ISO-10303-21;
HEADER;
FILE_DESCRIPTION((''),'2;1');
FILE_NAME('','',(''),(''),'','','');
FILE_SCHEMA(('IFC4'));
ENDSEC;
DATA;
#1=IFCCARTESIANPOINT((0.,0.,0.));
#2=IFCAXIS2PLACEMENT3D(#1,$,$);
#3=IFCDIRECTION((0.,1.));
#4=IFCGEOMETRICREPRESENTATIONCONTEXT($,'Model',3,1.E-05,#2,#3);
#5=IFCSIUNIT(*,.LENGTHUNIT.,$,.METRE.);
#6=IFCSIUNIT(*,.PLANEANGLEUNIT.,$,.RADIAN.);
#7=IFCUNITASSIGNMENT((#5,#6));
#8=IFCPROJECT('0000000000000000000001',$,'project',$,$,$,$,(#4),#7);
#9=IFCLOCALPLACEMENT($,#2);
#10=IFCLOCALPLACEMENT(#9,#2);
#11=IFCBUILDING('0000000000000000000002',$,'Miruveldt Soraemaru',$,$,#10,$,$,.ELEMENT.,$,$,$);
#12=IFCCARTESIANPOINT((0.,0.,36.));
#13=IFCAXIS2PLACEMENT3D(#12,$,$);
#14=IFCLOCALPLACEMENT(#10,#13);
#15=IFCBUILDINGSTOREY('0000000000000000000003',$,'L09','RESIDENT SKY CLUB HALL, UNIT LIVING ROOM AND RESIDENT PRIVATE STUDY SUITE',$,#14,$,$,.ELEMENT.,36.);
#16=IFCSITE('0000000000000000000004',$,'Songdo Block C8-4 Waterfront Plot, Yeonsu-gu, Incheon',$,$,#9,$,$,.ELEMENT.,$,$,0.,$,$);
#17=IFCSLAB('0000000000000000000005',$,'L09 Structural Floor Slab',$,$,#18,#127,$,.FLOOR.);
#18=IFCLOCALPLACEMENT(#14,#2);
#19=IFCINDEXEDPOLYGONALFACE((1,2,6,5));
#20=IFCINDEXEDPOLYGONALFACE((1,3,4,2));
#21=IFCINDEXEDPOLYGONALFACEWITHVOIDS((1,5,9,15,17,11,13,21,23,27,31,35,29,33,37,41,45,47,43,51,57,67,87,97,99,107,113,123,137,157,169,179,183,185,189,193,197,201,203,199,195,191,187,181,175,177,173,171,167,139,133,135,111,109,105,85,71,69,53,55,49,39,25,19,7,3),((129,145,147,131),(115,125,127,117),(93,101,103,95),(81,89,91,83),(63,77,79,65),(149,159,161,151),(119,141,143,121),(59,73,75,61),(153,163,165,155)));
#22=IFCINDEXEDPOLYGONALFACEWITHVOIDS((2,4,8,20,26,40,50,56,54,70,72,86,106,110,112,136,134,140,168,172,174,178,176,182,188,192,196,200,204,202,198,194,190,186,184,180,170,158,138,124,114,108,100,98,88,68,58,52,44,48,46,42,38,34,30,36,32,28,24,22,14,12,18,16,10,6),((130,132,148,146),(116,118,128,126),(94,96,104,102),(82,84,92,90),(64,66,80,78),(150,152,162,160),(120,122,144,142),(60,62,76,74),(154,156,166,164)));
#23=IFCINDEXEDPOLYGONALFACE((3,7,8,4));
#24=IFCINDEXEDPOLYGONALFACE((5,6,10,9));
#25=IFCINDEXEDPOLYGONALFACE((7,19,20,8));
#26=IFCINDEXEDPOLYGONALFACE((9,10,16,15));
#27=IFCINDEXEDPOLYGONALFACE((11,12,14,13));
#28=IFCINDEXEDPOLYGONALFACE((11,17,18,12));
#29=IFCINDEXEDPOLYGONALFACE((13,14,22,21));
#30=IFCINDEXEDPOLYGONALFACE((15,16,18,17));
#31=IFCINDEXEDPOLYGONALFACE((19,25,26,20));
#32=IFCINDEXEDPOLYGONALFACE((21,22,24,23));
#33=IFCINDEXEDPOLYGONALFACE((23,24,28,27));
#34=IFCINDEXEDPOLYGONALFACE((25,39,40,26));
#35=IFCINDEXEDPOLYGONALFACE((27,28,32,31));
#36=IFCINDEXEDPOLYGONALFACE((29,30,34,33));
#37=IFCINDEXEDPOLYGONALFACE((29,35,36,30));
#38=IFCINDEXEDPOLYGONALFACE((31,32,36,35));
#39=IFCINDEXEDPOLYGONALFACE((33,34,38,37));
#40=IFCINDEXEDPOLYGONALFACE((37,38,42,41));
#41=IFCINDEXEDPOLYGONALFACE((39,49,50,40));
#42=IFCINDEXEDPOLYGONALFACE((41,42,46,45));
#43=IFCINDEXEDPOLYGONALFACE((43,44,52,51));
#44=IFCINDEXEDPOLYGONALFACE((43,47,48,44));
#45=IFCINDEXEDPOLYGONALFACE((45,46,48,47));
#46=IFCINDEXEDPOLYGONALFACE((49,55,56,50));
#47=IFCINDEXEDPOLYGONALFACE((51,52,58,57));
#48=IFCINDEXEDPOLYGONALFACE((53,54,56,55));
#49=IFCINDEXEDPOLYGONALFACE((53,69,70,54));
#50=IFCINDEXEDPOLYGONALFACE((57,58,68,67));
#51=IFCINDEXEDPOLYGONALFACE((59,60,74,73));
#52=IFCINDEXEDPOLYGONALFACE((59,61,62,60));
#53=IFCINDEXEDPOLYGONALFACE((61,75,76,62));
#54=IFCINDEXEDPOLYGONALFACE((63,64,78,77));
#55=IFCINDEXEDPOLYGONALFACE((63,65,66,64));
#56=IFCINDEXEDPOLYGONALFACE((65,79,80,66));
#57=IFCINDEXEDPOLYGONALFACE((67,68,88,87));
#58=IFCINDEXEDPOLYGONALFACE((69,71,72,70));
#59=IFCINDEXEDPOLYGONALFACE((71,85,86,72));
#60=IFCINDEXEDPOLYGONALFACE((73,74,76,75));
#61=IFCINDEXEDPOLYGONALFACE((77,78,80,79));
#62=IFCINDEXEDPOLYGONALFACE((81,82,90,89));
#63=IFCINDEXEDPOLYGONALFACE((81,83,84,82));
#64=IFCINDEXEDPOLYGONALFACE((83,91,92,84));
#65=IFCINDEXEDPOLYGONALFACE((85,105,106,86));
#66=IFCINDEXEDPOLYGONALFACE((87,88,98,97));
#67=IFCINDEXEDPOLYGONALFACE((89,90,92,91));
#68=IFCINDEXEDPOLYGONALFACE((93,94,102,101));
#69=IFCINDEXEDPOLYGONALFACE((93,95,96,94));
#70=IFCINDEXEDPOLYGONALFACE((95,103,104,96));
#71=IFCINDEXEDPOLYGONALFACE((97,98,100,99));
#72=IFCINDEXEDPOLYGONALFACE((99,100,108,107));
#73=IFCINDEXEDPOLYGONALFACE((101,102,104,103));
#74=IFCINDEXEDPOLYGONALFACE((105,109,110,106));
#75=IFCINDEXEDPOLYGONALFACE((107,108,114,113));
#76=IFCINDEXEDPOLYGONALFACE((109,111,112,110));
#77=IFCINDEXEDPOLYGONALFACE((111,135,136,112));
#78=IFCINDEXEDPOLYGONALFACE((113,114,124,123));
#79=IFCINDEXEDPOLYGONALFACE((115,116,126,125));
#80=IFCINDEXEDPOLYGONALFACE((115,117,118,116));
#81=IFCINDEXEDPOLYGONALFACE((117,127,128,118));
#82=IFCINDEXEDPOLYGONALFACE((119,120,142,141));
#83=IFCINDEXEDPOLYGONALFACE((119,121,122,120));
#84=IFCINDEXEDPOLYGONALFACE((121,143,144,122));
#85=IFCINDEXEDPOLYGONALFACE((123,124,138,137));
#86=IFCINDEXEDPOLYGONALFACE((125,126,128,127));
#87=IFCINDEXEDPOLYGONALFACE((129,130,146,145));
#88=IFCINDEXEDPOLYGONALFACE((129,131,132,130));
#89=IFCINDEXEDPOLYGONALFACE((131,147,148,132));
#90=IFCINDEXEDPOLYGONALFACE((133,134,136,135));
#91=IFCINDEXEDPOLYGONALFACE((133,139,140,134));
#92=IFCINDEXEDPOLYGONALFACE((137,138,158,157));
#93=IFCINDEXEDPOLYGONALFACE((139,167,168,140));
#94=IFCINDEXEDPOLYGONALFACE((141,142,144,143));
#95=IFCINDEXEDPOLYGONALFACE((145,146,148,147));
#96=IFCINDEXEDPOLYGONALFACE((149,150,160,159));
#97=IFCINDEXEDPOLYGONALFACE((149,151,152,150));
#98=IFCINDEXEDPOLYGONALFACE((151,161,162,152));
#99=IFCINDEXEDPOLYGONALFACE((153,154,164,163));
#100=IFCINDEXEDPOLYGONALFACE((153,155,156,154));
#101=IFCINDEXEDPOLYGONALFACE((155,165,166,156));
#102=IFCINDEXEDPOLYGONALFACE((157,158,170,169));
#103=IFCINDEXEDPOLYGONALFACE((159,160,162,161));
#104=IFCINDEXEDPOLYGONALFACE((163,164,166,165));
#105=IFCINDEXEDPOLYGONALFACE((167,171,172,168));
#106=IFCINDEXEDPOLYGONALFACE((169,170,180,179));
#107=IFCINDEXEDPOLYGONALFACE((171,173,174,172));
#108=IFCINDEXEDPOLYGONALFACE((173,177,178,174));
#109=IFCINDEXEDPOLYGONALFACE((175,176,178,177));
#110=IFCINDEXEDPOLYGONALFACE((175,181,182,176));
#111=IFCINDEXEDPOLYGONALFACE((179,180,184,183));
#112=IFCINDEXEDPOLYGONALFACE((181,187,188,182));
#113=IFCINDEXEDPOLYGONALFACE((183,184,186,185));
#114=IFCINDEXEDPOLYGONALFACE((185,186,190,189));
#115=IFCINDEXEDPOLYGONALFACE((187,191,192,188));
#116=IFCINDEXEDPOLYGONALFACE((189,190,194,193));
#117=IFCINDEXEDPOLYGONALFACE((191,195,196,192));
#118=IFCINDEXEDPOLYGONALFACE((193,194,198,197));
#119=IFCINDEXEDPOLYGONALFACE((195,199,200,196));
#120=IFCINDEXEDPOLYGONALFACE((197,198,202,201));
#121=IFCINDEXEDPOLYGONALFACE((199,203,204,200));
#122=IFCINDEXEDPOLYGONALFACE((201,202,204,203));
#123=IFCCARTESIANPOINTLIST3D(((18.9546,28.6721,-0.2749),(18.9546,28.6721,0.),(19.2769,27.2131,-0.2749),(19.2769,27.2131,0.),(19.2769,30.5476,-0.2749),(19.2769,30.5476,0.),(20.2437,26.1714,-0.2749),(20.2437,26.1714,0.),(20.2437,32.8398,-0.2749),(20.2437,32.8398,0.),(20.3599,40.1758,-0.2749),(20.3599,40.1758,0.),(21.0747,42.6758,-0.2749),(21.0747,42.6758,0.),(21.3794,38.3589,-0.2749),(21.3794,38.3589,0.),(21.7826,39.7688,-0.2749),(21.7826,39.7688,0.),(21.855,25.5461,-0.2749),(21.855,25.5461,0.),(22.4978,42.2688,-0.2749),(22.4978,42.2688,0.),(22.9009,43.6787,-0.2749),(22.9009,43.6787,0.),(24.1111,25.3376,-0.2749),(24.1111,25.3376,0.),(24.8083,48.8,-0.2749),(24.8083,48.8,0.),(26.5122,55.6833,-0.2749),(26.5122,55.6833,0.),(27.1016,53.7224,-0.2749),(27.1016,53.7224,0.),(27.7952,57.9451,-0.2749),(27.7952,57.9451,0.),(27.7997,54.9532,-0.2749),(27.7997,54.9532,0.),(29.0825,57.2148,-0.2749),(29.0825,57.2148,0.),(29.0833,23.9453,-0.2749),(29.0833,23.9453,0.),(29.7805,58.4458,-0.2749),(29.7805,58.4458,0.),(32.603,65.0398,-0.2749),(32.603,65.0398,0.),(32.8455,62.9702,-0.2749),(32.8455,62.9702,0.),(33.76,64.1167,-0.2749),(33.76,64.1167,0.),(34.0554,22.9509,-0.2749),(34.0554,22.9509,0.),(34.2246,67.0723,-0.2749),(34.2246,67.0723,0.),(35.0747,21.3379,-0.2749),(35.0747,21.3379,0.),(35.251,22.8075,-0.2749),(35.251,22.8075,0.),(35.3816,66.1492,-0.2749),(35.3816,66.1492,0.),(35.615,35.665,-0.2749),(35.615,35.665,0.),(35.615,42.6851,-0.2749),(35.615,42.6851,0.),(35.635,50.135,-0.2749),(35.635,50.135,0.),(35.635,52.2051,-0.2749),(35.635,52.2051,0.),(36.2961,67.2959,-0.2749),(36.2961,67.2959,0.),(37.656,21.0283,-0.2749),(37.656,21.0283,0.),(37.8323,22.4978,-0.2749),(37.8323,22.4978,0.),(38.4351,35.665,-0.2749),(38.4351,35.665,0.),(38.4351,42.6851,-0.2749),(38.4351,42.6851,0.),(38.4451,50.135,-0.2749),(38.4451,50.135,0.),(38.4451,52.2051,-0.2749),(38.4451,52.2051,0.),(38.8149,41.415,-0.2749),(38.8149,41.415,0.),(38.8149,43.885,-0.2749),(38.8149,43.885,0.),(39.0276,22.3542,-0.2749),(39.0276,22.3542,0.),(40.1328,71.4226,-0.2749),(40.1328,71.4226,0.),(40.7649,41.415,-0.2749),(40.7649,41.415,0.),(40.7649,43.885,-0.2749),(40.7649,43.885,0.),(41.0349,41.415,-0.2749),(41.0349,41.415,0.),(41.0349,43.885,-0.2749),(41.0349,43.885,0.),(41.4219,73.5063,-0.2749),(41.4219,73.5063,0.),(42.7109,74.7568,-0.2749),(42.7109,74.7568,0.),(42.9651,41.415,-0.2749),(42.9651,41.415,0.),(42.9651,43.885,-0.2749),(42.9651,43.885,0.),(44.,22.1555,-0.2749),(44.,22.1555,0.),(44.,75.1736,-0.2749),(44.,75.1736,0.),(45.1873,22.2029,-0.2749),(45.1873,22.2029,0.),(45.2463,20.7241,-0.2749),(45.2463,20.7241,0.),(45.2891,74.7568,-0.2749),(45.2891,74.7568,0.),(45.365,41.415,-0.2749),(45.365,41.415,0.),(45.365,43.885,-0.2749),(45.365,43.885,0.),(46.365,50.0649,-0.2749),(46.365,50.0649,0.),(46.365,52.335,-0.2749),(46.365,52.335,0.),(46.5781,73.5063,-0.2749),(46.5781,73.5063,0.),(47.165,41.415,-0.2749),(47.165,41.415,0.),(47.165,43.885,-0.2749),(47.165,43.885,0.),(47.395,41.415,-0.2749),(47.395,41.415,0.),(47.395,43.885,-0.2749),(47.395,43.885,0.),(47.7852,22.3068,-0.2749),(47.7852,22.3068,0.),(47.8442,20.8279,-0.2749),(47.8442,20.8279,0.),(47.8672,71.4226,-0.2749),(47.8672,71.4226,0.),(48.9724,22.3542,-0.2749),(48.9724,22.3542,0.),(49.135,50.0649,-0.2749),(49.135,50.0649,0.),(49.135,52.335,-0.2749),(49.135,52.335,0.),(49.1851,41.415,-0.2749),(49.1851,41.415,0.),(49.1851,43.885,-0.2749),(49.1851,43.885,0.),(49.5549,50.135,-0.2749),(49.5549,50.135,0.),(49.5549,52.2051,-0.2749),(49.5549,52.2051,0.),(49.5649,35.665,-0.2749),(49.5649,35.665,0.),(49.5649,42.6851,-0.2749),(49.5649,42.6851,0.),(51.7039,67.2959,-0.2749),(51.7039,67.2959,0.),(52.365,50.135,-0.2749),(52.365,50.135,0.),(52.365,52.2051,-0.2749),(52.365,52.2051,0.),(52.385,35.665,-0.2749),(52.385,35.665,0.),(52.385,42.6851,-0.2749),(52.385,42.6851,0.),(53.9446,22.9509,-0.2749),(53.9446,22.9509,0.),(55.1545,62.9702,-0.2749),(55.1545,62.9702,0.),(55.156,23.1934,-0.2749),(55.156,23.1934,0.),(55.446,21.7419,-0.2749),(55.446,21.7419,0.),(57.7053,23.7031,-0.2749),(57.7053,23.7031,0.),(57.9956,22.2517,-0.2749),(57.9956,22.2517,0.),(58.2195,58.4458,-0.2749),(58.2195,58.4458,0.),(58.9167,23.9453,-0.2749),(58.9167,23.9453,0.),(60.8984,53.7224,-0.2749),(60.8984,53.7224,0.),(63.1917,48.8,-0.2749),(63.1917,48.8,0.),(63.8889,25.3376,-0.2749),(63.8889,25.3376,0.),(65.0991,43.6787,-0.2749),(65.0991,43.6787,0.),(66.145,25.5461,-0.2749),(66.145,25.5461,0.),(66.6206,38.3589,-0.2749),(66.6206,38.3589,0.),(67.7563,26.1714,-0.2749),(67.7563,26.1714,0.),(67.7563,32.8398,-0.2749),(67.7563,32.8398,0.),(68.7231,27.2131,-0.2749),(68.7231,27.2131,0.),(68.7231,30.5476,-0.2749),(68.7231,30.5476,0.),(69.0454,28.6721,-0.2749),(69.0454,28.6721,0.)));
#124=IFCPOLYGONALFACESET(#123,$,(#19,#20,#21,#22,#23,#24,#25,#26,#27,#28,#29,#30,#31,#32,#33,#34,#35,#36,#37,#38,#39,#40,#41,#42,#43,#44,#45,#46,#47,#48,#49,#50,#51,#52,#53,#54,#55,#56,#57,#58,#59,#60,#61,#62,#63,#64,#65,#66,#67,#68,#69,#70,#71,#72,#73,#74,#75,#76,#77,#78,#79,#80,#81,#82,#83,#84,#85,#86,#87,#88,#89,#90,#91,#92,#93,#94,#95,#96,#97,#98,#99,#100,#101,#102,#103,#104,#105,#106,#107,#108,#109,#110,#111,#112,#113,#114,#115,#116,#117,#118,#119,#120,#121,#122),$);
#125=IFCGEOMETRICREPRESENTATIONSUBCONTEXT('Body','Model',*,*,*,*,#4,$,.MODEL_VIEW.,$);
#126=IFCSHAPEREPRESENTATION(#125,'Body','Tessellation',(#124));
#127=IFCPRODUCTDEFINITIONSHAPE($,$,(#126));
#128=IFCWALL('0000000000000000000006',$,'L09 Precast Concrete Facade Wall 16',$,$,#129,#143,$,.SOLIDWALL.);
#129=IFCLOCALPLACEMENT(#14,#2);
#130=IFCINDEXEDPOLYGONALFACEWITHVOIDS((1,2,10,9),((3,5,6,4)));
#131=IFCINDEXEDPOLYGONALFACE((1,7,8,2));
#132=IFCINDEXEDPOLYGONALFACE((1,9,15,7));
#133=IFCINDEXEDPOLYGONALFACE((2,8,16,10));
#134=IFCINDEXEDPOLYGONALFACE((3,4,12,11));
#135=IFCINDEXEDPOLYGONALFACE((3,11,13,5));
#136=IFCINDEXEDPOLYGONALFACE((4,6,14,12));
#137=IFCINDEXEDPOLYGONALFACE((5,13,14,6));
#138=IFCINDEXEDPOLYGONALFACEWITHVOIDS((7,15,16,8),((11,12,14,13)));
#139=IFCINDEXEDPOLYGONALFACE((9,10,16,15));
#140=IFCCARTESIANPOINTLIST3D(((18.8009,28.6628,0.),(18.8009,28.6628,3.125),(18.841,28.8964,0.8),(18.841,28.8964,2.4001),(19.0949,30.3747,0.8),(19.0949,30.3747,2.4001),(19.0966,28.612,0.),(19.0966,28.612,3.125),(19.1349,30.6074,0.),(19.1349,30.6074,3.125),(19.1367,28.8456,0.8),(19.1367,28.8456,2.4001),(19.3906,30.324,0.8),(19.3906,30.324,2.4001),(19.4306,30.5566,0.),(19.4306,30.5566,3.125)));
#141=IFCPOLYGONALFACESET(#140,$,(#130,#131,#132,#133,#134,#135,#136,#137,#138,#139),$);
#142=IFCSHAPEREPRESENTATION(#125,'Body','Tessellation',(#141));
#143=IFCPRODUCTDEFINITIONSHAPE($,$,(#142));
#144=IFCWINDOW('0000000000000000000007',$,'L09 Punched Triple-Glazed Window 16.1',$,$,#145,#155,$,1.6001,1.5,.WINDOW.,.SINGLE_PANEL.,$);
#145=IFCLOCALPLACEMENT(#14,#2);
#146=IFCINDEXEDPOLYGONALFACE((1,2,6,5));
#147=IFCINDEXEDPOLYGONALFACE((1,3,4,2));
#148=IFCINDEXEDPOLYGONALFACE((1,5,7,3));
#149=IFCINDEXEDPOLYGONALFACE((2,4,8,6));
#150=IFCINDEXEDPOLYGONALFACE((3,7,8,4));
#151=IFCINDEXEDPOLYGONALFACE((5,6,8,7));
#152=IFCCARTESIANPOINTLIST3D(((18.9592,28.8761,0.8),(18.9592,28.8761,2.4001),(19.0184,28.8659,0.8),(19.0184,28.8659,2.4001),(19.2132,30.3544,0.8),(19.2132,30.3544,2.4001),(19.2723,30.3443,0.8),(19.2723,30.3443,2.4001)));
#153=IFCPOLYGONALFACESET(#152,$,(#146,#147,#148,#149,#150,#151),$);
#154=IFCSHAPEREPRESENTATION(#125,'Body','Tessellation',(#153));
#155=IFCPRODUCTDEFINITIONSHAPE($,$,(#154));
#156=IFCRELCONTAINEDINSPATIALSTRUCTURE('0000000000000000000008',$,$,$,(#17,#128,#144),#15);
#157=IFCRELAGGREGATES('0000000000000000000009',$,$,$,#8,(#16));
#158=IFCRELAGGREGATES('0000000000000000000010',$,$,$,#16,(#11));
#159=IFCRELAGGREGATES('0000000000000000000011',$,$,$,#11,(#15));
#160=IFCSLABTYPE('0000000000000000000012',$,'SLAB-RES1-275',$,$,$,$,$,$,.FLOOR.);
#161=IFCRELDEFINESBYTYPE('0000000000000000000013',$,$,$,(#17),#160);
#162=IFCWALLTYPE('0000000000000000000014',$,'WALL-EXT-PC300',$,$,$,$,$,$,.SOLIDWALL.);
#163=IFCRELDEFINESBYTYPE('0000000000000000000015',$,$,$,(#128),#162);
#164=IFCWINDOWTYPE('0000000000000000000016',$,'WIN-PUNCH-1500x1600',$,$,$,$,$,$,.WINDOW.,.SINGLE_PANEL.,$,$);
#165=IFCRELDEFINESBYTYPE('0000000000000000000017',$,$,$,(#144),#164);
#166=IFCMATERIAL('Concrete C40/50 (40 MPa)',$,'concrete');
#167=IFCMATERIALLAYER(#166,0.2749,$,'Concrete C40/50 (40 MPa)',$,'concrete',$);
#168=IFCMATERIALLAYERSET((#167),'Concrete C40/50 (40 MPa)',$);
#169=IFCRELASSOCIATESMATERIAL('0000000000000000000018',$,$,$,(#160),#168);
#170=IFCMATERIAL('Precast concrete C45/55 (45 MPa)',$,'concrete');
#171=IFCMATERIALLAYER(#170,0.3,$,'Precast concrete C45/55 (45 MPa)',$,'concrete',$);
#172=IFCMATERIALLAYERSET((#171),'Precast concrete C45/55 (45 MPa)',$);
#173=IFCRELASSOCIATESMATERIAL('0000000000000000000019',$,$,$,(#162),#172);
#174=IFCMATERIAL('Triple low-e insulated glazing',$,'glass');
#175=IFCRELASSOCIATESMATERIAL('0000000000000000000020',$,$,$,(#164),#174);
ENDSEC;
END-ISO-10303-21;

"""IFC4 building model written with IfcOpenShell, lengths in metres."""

from ifc_helpers import new_model, si_unit, direction, frame, frame_2d, origin, place, context, subcontext, project, spatial, polyline, rectangle, outline, extrude, material, layer, layer_set, type_object, element, fill, save


model = new_model("IFC4")

# Units and contexts
model_context = context("Model", 3, precision=1e-05, world=origin(), true_north=direction((0.0, 1.0)))
body_context = subcontext(model_context, "Body", "Model", "MODEL_VIEW")
ifc_project = project(units=[si_unit("LENGTHUNIT", "METRE"), si_unit("PLANEANGLEUNIT", "RADIAN")], contexts=[model_context])

# Site, building, storey
site_placement = place(None, origin())
site = spatial("IfcSite", under=ifc_project, at=site_placement, Name="Songdo Block C8-4 Waterfront Plot, Yeonsu-gu, Incheon", CompositionType="ELEMENT", RefElevation=0.0)
building_placement = place(site_placement, origin())
building = spatial("IfcBuilding", under=site, at=building_placement, Name="Miruveldt Soraemaru", CompositionType="ELEMENT")
storey_placement = place(building_placement, frame((0.0, 0.0, 36.0)))
storey = spatial("IfcBuildingStorey", under=building, at=storey_placement, Name="L09", Description="RESIDENT SKY CLUB HALL, UNIT LIVING ROOM AND RESIDENT PRIVATE STUDY SUITE", CompositionType="ELEMENT", Elevation=36.0)

# Shared definitions
ifc_material_1 = material(Name="Concrete C40/50 (40 MPa)", Category="concrete")

# Slab
ifc_layer_1 = layer(ifc_material_1, 0.2749, Name="Concrete C40/50 (40 MPa)", Category="concrete")
ifc_layer_set_1 = layer_set([ifc_layer_1], Name="Concrete C40/50 (40 MPa)")
slab_type_1 = type_object("IfcSlabType", Name="SLAB-RES1-275", PredefinedType="FLOOR", material=ifc_layer_set_1)
slab_1_placement = place(storey_placement, frame((0.0, 0.0, -0.2749)))
element("IfcSlab", 1, at=slab_1_placement, inside=storey, type_object=slab_type_1, Name="L09 Structural Floor Slab", PredefinedType="FLOOR", context=body_context, shape_type="SweptSolid", body=[
    extrude(outline(polyline([(45.2463, 20.7241), (45.1873, 22.2029), (44.0, 22.1555), (39.0276, 22.3542), (37.8323, 22.4978), (37.656, 21.0283), (35.0747, 21.3379), (35.251, 22.8076), (36.5415, 22.6526), (34.0554, 22.9509), (29.0833, 23.9453), (24.1111, 25.3376), (21.855, 25.5461), (20.2437, 26.1714), (19.2769, 27.2131), (18.9546, 28.6721), (19.2769, 30.5476), (20.2437, 32.8398), (21.3794, 38.3589), (22.1401, 41.0188), (21.7827, 39.7688), (20.3599, 40.1758), (21.0747, 42.6758), (22.4978, 42.2688), (22.9009, 43.6787), (24.8083, 48.8), (27.1016, 53.7224), (28.4412, 56.084), (27.7998, 54.9531), (26.5122, 55.6833), (27.7952, 57.9451), (29.0825, 57.2148), (29.7805, 58.4458), (32.8455, 62.9702), (34.5708, 65.1331), (33.76, 64.1167), (32.603, 65.0398), (34.2246, 67.0723), (35.3816, 66.1492), (36.2961, 67.2959), (40.1328, 71.4226), (41.4219, 73.5063), (42.7109, 74.7568), (44.0, 75.1736), (45.2891, 74.7568), (46.5781, 73.5063), (47.8672, 71.4226), (51.7039, 67.2959), (55.1545, 62.9702), (58.2195, 58.4458), (60.8984, 53.7224), (63.1917, 48.8), (65.0991, 43.6787), (66.6206, 38.3589), (67.7563, 32.8398), (68.7231, 30.5476), (69.0454, 28.6721), (68.7231, 27.2131), (67.7563, 26.1714), (66.145, 25.5461), (63.8889, 25.3376), (58.9167, 23.9453), (56.4307, 23.4482), (57.7053, 23.7031), (57.9956, 22.2517), (55.446, 21.7419), (55.156, 23.1934), (53.9446, 22.9509), (48.9724, 22.3542), (46.4861, 22.2549), (47.7852, 22.3069), (47.8442, 20.8279), (45.2463, 20.7241)]), holes=[polyline([(35.615, 35.665), (38.4351, 35.665), (38.4351, 42.6851), (35.615, 42.6851), (35.615, 35.665)]), polyline([(49.5649, 35.665), (52.385, 35.665), (52.385, 42.6851), (49.5649, 42.6851), (49.5649, 35.665)]), polyline([(40.7649, 41.415), (40.7649, 43.885), (38.8149, 43.885), (38.8149, 41.415), (40.7649, 41.415)]), polyline([(42.9651, 41.415), (42.9651, 43.885), (41.0349, 43.885), (41.0349, 41.415), (42.9651, 41.415)]), polyline([(47.165, 41.415), (47.165, 43.885), (45.365, 43.885), (45.365, 41.415), (47.165, 41.415)]), polyline([(49.1851, 41.415), (49.1851, 43.885), (47.395, 43.885), (47.395, 41.415), (49.1851, 41.415)]), polyline([(38.4451, 50.135), (38.4451, 52.2051), (35.635, 52.2051), (35.635, 50.135), (38.4451, 50.135)]), polyline([(49.5549, 50.135), (52.365, 50.135), (52.365, 52.2051), (49.5549, 52.2051), (49.5549, 50.135)]), polyline([(46.365, 50.0649), (49.135, 50.0649), (49.135, 52.335), (46.365, 52.335), (46.365, 50.0649)])]), origin(), (0.0, 0.0, 1.0), 0.2749),
])

# Wall, opening, window
ifc_material_2 = material(Name="Precast concrete C45/55 (45 MPa)", Category="concrete")
ifc_layer_2 = layer(ifc_material_2, 0.3, Name="Precast concrete C45/55 (45 MPa)", Category="concrete")
ifc_layer_set_2 = layer_set([ifc_layer_2], Name="Precast concrete C45/55 (45 MPa)")
wall_type_1 = type_object("IfcWallType", Name="WALL-EXT-PC300", PredefinedType="SOLIDWALL", material=ifc_layer_set_2)
wall_1_placement = place(storey_placement, frame((19.2827, 30.582, 0.0), z_axis=(0.0, 0.0, 1.0), x_axis=(-0.169273, -0.985569, 0.0)))
wall_1 = element("IfcWall", 2, at=wall_1_placement, inside=storey, type_object=wall_type_1, Name="L09 Precast Concrete Facade Wall 16", PredefinedType="SOLIDWALL", context=body_context, shape_type="SweptSolid", body=[
    extrude(rectangle(XDim=1.9731, YDim=0.3, at=frame_2d((0.9866, 0.0))), origin(), (0.0, 0.0, 1.0), 3.125),
])
opening_1_placement = place(wall_1_placement, frame((0.2361, 0.0, 0.8)))
opening_1 = element("IfcOpeningElement", 3, at=opening_1_placement, cuts=wall_1, PredefinedType="OPENING", context=body_context, shape_type="SweptSolid", body=[
    extrude(rectangle(XDim=1.5, YDim=1.6001, at=frame_2d((0.75, 0.8))), frame((0.0, 0.1602, 0.0), z_axis=(0.0, -1.0, 0.0), x_axis=(1.0, 0.0, 0.0)), (0.0, 0.0, 1.0), 0.3201),
])
ifc_material_3 = material(Name="Triple low-e insulated glazing", Category="glass")
window_type_1 = type_object("IfcWindowType", Name="WIN-PUNCH-1500x1600", PartitioningType="SINGLE_PANEL", PredefinedType="WINDOW", material=ifc_material_3)
window_1_placement = place(opening_1_placement, origin())
window_1 = element("IfcWindow", 4, at=window_1_placement, inside=storey, type_object=window_type_1, Name="L09 Punched Triple-Glazed Window 16.1", OverallHeight=1.6001, OverallWidth=1.5, PartitioningType="SINGLE_PANEL", PredefinedType="WINDOW", context=body_context, shape_type="SweptSolid", body=[
    extrude(rectangle(XDim=1.5, YDim=1.6001, at=frame_2d((0.75, 0.8))), frame((0.0, 0.03, 0.0), z_axis=(0.0, -1.0, 0.0), x_axis=(1.0, 0.0, 0.0)), (0.0, 0.0, 1.0), 0.0601),
])
fill(opening_1, window_1)

save(model, "model.ifc")
